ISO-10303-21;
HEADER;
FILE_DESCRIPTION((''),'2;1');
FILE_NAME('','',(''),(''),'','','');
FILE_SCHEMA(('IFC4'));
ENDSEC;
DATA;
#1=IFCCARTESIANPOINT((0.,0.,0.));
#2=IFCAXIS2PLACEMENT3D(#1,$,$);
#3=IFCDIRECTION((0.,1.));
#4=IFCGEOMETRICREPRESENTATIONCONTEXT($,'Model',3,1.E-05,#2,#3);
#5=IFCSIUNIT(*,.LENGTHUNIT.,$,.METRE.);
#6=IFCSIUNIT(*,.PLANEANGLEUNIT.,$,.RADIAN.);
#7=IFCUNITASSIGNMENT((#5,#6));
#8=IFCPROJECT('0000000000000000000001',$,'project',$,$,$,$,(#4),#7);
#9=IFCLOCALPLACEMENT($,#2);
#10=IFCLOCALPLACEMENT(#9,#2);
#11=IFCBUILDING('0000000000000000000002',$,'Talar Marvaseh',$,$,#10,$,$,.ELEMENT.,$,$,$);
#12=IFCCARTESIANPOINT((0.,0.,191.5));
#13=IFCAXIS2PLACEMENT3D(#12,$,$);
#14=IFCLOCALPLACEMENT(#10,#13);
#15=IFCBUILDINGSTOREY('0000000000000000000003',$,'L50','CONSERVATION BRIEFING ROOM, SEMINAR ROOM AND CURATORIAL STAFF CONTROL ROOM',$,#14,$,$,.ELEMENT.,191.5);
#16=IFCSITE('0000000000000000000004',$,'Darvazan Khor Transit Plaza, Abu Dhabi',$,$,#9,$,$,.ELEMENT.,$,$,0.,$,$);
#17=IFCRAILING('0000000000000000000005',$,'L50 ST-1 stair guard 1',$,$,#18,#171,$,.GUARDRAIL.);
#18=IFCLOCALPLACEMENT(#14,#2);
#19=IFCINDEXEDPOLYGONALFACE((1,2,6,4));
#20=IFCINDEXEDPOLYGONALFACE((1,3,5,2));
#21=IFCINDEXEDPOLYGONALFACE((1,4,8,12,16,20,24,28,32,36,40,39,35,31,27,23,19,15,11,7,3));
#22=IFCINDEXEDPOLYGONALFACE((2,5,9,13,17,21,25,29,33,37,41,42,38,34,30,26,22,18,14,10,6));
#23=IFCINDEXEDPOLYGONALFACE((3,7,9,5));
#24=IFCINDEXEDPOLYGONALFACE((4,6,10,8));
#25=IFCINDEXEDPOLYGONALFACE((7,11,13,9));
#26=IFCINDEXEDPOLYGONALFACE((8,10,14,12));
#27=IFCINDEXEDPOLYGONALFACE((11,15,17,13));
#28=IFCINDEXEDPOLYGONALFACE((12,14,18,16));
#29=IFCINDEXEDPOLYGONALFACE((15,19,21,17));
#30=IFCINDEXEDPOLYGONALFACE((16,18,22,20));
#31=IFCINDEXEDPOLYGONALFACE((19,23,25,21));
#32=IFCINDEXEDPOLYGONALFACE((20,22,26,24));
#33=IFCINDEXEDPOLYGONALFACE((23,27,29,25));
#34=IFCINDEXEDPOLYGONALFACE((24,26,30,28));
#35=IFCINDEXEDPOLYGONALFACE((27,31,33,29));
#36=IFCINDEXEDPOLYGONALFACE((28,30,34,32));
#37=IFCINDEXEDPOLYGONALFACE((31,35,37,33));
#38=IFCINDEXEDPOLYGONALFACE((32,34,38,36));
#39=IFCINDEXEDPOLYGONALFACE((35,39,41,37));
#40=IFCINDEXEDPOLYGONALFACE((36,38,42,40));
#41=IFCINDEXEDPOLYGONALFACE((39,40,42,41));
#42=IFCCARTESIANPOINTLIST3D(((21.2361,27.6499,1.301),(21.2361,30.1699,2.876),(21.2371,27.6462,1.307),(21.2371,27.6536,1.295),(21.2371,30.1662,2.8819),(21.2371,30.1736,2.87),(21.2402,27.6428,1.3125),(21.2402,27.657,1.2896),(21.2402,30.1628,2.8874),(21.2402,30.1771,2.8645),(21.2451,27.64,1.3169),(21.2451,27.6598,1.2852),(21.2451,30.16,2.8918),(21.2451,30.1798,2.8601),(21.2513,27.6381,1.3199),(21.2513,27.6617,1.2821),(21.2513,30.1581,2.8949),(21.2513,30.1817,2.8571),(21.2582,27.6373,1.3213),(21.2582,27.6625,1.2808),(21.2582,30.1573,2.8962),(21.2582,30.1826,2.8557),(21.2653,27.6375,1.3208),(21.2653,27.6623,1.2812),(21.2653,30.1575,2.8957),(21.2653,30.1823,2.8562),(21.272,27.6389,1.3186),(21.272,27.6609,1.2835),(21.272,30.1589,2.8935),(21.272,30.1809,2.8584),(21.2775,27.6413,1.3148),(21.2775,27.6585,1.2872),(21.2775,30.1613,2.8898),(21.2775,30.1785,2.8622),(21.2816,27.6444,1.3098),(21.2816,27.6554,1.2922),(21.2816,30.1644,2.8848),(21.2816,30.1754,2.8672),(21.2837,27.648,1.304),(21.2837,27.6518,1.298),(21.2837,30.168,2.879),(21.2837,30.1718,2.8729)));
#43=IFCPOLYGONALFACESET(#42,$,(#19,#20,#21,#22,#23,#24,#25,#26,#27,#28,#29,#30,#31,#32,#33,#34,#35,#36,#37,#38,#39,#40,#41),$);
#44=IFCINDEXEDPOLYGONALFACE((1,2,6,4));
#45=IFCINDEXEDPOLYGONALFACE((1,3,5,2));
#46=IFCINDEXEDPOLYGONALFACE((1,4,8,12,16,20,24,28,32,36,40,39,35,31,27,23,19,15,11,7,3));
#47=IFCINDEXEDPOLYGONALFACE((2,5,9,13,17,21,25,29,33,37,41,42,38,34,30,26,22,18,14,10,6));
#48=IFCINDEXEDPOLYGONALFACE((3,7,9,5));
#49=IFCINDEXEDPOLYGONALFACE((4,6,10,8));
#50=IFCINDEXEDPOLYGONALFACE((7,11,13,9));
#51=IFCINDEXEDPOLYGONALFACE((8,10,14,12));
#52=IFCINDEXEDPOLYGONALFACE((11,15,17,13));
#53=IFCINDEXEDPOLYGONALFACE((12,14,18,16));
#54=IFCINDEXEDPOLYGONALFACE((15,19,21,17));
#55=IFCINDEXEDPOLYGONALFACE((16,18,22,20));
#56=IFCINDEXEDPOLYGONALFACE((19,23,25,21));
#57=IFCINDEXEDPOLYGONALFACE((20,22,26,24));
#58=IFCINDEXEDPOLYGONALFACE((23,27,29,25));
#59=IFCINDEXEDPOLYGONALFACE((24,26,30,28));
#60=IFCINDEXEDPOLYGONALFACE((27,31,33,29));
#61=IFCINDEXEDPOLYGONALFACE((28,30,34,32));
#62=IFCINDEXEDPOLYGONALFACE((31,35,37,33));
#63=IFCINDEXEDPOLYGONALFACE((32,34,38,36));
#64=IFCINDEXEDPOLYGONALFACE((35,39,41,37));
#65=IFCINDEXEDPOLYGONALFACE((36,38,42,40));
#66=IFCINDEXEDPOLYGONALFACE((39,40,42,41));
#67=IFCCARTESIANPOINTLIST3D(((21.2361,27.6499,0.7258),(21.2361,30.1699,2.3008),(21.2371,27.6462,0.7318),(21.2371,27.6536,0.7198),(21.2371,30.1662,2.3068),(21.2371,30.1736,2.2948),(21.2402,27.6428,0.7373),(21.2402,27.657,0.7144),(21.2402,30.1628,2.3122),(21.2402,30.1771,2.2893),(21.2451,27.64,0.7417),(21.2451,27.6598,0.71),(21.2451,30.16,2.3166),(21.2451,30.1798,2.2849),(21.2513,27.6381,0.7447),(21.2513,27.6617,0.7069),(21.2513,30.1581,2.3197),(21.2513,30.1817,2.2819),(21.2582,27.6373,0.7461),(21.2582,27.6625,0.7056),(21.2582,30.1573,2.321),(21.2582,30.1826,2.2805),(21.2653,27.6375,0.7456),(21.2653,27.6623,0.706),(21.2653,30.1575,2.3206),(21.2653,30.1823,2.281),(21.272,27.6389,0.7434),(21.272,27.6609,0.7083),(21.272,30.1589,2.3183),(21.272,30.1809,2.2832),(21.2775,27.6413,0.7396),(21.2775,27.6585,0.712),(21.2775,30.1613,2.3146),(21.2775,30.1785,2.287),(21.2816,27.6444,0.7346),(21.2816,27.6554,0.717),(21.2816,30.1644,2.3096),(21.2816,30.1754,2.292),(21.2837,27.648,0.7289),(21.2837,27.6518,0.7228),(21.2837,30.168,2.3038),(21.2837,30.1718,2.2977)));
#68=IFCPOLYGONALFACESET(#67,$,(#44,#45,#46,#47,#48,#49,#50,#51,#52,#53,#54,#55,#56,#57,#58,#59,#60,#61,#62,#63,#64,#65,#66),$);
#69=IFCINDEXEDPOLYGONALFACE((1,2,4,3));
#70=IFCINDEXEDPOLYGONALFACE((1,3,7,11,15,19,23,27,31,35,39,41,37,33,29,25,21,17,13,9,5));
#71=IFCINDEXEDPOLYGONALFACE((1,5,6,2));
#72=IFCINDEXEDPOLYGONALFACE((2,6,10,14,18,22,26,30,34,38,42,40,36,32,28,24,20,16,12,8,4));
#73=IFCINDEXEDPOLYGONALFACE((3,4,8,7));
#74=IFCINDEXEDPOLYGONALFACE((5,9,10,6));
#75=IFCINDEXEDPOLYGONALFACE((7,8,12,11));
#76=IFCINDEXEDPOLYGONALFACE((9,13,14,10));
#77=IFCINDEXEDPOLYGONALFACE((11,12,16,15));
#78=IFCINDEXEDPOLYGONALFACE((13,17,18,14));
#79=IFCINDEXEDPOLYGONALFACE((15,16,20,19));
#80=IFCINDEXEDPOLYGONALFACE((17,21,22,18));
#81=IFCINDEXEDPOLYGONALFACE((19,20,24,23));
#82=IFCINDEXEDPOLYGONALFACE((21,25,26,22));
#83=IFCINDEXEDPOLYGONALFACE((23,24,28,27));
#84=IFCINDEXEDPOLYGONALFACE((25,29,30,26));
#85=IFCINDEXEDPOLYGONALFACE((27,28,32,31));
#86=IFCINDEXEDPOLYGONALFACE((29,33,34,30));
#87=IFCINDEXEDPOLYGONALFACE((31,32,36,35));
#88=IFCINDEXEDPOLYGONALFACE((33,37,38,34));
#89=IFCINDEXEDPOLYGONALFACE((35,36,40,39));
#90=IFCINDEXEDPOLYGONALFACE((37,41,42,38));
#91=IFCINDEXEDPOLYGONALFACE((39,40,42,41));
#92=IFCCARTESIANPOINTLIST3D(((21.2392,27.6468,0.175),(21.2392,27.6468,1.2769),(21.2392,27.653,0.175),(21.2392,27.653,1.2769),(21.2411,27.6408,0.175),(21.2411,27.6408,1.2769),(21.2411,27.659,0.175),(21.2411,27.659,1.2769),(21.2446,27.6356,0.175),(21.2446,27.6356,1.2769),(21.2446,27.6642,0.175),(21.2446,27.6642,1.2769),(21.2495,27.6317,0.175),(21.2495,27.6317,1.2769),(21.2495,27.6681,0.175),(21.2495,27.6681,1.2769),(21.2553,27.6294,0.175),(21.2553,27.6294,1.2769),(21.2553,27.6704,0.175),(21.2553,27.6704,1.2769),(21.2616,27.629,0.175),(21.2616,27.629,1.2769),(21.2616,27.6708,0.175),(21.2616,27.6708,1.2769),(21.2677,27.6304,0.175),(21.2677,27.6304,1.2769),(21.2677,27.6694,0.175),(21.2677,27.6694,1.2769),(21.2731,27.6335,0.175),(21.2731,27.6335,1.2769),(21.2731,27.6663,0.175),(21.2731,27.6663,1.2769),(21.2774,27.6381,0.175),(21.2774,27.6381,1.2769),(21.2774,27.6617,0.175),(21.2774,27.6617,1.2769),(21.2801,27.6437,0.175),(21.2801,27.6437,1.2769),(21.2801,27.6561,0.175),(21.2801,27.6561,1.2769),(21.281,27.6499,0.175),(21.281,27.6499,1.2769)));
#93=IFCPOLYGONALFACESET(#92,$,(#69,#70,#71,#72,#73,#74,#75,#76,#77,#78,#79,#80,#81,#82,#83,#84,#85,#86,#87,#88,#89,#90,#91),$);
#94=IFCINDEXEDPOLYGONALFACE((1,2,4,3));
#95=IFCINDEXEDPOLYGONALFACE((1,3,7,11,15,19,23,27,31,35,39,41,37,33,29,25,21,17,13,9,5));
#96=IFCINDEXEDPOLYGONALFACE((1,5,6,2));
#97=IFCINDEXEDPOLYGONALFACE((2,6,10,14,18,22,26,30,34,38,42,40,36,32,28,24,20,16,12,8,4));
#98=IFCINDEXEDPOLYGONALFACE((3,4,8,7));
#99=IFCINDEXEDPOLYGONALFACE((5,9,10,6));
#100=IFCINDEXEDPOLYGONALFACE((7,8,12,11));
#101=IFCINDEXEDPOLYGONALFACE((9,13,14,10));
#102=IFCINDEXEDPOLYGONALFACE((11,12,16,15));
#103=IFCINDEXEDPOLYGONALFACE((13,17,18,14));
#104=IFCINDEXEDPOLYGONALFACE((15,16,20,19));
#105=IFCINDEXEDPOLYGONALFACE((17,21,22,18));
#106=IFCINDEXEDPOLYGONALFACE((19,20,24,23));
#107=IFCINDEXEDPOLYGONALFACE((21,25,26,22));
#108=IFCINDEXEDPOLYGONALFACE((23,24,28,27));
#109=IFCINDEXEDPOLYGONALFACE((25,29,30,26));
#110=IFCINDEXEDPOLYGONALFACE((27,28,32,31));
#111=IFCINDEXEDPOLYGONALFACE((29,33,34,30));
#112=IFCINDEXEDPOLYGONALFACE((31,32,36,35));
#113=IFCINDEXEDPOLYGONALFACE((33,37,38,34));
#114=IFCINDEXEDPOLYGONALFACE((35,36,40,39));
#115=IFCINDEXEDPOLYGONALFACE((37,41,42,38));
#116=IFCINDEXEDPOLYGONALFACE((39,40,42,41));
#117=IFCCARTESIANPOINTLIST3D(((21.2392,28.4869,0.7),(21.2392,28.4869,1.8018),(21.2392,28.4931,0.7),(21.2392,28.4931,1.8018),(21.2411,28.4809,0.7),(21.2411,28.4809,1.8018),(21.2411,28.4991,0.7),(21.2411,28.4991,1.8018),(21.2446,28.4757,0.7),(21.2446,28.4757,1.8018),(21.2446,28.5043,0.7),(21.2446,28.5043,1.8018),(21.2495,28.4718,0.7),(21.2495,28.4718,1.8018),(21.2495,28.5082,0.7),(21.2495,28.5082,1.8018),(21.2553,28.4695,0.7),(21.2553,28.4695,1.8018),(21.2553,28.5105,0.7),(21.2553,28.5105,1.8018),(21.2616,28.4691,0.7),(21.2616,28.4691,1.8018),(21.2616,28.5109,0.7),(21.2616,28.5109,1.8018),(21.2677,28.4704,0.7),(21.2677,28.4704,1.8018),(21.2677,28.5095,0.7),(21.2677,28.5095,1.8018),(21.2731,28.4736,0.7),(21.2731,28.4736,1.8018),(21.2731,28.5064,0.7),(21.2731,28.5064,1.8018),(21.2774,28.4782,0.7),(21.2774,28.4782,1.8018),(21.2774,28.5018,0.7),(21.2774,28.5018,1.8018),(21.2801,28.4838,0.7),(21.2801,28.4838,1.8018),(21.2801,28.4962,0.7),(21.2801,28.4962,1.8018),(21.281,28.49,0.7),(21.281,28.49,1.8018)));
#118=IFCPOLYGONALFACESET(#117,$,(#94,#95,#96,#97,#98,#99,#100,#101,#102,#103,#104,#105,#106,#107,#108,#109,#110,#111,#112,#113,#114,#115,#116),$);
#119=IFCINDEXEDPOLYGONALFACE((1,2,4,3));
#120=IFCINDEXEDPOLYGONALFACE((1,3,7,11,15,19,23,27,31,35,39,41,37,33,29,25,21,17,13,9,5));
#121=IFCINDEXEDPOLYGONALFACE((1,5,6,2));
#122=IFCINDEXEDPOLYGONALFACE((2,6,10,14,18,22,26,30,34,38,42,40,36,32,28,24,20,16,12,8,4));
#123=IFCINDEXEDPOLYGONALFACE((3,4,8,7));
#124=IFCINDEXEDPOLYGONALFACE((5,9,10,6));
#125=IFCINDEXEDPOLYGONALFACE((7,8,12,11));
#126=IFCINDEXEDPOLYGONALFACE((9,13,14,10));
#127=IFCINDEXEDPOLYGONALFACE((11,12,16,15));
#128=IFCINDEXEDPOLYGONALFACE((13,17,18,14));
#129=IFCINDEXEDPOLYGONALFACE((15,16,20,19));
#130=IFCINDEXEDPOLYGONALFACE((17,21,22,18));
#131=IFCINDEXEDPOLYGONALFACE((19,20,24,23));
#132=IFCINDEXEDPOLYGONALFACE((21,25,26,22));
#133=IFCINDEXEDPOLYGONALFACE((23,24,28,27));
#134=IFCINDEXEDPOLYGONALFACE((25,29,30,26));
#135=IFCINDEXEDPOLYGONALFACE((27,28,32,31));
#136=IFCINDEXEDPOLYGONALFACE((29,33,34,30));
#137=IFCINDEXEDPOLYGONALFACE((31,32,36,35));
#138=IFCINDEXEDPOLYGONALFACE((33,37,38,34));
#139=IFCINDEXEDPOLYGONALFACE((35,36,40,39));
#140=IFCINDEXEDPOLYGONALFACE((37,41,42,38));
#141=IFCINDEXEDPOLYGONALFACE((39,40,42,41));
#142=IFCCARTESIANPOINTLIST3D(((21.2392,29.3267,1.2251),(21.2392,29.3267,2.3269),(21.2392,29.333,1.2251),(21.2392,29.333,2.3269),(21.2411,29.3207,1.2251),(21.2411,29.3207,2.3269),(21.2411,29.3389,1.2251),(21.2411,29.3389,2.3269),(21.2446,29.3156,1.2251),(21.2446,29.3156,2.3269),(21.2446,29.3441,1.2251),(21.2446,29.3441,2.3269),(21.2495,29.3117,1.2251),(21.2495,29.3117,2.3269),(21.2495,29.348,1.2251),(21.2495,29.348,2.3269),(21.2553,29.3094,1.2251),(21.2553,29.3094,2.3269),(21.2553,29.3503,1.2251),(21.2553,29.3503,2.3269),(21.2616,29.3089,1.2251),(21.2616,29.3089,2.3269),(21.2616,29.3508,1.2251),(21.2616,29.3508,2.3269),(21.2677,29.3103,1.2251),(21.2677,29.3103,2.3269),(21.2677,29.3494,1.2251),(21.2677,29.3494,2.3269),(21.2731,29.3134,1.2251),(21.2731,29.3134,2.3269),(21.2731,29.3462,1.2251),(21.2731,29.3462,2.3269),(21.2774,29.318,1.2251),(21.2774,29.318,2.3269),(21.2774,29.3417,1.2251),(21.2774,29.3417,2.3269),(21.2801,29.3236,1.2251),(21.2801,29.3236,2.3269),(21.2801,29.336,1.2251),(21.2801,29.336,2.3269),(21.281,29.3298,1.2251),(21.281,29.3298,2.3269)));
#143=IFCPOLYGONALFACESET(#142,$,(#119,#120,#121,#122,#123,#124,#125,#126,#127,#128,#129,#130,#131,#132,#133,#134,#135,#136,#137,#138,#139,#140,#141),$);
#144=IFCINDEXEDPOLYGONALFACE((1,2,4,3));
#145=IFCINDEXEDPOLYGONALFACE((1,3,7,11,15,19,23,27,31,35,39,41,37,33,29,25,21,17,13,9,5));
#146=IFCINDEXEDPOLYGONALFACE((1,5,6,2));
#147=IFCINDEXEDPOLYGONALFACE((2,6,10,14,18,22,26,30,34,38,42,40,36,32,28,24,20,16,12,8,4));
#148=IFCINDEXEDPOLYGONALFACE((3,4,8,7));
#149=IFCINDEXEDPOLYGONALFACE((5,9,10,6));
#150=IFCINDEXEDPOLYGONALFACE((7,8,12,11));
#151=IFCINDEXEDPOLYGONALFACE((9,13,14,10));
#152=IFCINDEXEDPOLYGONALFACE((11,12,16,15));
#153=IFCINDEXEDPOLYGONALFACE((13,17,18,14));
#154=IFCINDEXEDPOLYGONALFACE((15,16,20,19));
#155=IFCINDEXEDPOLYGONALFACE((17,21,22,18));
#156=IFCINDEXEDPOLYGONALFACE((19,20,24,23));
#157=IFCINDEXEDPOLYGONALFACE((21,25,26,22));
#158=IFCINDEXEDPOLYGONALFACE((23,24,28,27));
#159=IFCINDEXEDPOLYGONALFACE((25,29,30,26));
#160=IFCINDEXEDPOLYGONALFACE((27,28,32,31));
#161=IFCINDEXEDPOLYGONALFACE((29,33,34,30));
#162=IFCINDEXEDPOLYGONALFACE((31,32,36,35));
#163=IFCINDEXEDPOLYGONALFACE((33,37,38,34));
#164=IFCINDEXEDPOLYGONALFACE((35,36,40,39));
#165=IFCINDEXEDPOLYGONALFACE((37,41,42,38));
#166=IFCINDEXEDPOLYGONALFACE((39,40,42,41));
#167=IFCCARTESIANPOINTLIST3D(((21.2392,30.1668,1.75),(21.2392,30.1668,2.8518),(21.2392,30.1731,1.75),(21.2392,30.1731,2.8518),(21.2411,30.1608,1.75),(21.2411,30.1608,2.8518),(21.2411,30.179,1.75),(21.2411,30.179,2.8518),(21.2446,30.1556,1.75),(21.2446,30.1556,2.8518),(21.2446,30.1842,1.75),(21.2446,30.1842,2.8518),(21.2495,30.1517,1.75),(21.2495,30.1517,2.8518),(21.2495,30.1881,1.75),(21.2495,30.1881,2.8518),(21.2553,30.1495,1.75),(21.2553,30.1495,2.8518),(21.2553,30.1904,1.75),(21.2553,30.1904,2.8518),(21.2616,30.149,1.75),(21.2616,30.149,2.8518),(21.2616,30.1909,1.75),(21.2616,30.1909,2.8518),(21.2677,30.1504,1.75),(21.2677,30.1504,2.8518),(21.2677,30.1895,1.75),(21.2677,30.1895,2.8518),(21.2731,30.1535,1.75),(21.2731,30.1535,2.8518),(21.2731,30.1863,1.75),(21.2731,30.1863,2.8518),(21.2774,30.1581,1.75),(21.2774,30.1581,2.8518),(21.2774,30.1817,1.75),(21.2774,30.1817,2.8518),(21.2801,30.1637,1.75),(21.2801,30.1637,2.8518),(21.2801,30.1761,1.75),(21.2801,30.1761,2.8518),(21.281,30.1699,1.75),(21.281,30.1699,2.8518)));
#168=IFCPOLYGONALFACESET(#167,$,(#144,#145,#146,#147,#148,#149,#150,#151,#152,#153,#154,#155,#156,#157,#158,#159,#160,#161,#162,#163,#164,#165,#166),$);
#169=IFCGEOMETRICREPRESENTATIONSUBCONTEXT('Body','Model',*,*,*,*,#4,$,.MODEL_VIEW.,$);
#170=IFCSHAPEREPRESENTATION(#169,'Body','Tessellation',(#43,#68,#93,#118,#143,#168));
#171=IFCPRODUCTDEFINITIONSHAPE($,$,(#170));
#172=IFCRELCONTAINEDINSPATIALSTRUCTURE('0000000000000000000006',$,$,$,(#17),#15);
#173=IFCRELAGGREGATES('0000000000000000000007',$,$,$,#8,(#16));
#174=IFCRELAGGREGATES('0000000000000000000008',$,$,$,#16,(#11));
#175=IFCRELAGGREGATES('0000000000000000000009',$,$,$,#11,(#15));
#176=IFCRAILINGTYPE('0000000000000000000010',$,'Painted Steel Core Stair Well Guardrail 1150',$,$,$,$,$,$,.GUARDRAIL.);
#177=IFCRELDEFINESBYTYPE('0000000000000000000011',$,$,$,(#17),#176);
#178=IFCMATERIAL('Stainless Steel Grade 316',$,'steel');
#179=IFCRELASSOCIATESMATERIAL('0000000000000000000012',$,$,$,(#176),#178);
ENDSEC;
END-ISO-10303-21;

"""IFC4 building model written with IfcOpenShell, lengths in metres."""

from ifc_helpers import new_model, si_unit, direction, frame, origin, origin_2d, place, context, subcontext, project, spatial, circle, extrude, material, type_object, element, save


model = new_model("IFC4")

# Units and contexts
model_context = context("Model", 3, precision=1e-05, world=origin(), true_north=direction((0.0, 1.0)))
body_context = subcontext(model_context, "Body", "Model", "MODEL_VIEW")
ifc_project = project(units=[si_unit("LENGTHUNIT", "METRE"), si_unit("PLANEANGLEUNIT", "RADIAN")], contexts=[model_context])

# Site, building, storey
site_placement = place(None, origin())
site = spatial("IfcSite", under=ifc_project, at=site_placement, Name="Darvazan Khor Transit Plaza, Abu Dhabi", CompositionType="ELEMENT", RefElevation=0.0)
building_placement = place(site_placement, origin())
building = spatial("IfcBuilding", under=site, at=building_placement, Name="Talar Marvaseh", CompositionType="ELEMENT")
storey_placement = place(building_placement, frame((0.0, 0.0, 191.5)))
storey = spatial("IfcBuildingStorey", under=building, at=storey_placement, Name="L50", Description="CONSERVATION BRIEFING ROOM, SEMINAR ROOM AND CURATORIAL STAFF CONTROL ROOM", CompositionType="ELEMENT", Elevation=191.5)

# Railing
ifc_material_1 = material(Name="Stainless Steel Grade 316", Category="steel")
railing_type_1 = type_object("IfcRailingType", Name="Painted Steel Core Stair Well Guardrail 1150", PredefinedType="GUARDRAIL", material=ifc_material_1)
railing_1_placement = place(storey_placement, frame((21.26, 27.6499, 0.175)))
element("IfcRailing", 1, at=railing_1_placement, inside=storey, type_object=railing_type_1, Name="L50 ST-1 stair guard 1", PredefinedType="GUARDRAIL", context=body_context, shape_type="SweptSolid", body=[
    extrude(circle(Radius=0.0239, at=origin_2d()), frame((0.0, 0.0, 1.126), z_axis=(0.0, 0.848008, 0.529984), x_axis=(-1.0, 0.0, 0.0)), (0.0, 0.0, 1.0), 2.9717),
    extrude(circle(Radius=0.0239, at=origin_2d()), frame((0.0, 0.0, 0.5508), z_axis=(0.0, 0.848008, 0.529984), x_axis=(-1.0, 0.0, 0.0)), (0.0, 0.0, 1.0), 2.9717),
    extrude(circle(Radius=0.021, at=origin_2d()), origin(), (0.0, 0.0, 1.0), 1.1018),
    extrude(circle(Radius=0.021, at=origin_2d()), frame((0.0, 0.8401, 0.5249)), (0.0, 0.0, 1.0), 1.1018),
    extrude(circle(Radius=0.021, at=origin_2d()), frame((0.0, 1.6799, 1.05)), (0.0, 0.0, 1.0), 1.1018),
    extrude(circle(Radius=0.021, at=origin_2d()), frame((0.0, 2.52, 1.575)), (0.0, 0.0, 1.0), 1.1018),
])

save(model, "model.ifc")
